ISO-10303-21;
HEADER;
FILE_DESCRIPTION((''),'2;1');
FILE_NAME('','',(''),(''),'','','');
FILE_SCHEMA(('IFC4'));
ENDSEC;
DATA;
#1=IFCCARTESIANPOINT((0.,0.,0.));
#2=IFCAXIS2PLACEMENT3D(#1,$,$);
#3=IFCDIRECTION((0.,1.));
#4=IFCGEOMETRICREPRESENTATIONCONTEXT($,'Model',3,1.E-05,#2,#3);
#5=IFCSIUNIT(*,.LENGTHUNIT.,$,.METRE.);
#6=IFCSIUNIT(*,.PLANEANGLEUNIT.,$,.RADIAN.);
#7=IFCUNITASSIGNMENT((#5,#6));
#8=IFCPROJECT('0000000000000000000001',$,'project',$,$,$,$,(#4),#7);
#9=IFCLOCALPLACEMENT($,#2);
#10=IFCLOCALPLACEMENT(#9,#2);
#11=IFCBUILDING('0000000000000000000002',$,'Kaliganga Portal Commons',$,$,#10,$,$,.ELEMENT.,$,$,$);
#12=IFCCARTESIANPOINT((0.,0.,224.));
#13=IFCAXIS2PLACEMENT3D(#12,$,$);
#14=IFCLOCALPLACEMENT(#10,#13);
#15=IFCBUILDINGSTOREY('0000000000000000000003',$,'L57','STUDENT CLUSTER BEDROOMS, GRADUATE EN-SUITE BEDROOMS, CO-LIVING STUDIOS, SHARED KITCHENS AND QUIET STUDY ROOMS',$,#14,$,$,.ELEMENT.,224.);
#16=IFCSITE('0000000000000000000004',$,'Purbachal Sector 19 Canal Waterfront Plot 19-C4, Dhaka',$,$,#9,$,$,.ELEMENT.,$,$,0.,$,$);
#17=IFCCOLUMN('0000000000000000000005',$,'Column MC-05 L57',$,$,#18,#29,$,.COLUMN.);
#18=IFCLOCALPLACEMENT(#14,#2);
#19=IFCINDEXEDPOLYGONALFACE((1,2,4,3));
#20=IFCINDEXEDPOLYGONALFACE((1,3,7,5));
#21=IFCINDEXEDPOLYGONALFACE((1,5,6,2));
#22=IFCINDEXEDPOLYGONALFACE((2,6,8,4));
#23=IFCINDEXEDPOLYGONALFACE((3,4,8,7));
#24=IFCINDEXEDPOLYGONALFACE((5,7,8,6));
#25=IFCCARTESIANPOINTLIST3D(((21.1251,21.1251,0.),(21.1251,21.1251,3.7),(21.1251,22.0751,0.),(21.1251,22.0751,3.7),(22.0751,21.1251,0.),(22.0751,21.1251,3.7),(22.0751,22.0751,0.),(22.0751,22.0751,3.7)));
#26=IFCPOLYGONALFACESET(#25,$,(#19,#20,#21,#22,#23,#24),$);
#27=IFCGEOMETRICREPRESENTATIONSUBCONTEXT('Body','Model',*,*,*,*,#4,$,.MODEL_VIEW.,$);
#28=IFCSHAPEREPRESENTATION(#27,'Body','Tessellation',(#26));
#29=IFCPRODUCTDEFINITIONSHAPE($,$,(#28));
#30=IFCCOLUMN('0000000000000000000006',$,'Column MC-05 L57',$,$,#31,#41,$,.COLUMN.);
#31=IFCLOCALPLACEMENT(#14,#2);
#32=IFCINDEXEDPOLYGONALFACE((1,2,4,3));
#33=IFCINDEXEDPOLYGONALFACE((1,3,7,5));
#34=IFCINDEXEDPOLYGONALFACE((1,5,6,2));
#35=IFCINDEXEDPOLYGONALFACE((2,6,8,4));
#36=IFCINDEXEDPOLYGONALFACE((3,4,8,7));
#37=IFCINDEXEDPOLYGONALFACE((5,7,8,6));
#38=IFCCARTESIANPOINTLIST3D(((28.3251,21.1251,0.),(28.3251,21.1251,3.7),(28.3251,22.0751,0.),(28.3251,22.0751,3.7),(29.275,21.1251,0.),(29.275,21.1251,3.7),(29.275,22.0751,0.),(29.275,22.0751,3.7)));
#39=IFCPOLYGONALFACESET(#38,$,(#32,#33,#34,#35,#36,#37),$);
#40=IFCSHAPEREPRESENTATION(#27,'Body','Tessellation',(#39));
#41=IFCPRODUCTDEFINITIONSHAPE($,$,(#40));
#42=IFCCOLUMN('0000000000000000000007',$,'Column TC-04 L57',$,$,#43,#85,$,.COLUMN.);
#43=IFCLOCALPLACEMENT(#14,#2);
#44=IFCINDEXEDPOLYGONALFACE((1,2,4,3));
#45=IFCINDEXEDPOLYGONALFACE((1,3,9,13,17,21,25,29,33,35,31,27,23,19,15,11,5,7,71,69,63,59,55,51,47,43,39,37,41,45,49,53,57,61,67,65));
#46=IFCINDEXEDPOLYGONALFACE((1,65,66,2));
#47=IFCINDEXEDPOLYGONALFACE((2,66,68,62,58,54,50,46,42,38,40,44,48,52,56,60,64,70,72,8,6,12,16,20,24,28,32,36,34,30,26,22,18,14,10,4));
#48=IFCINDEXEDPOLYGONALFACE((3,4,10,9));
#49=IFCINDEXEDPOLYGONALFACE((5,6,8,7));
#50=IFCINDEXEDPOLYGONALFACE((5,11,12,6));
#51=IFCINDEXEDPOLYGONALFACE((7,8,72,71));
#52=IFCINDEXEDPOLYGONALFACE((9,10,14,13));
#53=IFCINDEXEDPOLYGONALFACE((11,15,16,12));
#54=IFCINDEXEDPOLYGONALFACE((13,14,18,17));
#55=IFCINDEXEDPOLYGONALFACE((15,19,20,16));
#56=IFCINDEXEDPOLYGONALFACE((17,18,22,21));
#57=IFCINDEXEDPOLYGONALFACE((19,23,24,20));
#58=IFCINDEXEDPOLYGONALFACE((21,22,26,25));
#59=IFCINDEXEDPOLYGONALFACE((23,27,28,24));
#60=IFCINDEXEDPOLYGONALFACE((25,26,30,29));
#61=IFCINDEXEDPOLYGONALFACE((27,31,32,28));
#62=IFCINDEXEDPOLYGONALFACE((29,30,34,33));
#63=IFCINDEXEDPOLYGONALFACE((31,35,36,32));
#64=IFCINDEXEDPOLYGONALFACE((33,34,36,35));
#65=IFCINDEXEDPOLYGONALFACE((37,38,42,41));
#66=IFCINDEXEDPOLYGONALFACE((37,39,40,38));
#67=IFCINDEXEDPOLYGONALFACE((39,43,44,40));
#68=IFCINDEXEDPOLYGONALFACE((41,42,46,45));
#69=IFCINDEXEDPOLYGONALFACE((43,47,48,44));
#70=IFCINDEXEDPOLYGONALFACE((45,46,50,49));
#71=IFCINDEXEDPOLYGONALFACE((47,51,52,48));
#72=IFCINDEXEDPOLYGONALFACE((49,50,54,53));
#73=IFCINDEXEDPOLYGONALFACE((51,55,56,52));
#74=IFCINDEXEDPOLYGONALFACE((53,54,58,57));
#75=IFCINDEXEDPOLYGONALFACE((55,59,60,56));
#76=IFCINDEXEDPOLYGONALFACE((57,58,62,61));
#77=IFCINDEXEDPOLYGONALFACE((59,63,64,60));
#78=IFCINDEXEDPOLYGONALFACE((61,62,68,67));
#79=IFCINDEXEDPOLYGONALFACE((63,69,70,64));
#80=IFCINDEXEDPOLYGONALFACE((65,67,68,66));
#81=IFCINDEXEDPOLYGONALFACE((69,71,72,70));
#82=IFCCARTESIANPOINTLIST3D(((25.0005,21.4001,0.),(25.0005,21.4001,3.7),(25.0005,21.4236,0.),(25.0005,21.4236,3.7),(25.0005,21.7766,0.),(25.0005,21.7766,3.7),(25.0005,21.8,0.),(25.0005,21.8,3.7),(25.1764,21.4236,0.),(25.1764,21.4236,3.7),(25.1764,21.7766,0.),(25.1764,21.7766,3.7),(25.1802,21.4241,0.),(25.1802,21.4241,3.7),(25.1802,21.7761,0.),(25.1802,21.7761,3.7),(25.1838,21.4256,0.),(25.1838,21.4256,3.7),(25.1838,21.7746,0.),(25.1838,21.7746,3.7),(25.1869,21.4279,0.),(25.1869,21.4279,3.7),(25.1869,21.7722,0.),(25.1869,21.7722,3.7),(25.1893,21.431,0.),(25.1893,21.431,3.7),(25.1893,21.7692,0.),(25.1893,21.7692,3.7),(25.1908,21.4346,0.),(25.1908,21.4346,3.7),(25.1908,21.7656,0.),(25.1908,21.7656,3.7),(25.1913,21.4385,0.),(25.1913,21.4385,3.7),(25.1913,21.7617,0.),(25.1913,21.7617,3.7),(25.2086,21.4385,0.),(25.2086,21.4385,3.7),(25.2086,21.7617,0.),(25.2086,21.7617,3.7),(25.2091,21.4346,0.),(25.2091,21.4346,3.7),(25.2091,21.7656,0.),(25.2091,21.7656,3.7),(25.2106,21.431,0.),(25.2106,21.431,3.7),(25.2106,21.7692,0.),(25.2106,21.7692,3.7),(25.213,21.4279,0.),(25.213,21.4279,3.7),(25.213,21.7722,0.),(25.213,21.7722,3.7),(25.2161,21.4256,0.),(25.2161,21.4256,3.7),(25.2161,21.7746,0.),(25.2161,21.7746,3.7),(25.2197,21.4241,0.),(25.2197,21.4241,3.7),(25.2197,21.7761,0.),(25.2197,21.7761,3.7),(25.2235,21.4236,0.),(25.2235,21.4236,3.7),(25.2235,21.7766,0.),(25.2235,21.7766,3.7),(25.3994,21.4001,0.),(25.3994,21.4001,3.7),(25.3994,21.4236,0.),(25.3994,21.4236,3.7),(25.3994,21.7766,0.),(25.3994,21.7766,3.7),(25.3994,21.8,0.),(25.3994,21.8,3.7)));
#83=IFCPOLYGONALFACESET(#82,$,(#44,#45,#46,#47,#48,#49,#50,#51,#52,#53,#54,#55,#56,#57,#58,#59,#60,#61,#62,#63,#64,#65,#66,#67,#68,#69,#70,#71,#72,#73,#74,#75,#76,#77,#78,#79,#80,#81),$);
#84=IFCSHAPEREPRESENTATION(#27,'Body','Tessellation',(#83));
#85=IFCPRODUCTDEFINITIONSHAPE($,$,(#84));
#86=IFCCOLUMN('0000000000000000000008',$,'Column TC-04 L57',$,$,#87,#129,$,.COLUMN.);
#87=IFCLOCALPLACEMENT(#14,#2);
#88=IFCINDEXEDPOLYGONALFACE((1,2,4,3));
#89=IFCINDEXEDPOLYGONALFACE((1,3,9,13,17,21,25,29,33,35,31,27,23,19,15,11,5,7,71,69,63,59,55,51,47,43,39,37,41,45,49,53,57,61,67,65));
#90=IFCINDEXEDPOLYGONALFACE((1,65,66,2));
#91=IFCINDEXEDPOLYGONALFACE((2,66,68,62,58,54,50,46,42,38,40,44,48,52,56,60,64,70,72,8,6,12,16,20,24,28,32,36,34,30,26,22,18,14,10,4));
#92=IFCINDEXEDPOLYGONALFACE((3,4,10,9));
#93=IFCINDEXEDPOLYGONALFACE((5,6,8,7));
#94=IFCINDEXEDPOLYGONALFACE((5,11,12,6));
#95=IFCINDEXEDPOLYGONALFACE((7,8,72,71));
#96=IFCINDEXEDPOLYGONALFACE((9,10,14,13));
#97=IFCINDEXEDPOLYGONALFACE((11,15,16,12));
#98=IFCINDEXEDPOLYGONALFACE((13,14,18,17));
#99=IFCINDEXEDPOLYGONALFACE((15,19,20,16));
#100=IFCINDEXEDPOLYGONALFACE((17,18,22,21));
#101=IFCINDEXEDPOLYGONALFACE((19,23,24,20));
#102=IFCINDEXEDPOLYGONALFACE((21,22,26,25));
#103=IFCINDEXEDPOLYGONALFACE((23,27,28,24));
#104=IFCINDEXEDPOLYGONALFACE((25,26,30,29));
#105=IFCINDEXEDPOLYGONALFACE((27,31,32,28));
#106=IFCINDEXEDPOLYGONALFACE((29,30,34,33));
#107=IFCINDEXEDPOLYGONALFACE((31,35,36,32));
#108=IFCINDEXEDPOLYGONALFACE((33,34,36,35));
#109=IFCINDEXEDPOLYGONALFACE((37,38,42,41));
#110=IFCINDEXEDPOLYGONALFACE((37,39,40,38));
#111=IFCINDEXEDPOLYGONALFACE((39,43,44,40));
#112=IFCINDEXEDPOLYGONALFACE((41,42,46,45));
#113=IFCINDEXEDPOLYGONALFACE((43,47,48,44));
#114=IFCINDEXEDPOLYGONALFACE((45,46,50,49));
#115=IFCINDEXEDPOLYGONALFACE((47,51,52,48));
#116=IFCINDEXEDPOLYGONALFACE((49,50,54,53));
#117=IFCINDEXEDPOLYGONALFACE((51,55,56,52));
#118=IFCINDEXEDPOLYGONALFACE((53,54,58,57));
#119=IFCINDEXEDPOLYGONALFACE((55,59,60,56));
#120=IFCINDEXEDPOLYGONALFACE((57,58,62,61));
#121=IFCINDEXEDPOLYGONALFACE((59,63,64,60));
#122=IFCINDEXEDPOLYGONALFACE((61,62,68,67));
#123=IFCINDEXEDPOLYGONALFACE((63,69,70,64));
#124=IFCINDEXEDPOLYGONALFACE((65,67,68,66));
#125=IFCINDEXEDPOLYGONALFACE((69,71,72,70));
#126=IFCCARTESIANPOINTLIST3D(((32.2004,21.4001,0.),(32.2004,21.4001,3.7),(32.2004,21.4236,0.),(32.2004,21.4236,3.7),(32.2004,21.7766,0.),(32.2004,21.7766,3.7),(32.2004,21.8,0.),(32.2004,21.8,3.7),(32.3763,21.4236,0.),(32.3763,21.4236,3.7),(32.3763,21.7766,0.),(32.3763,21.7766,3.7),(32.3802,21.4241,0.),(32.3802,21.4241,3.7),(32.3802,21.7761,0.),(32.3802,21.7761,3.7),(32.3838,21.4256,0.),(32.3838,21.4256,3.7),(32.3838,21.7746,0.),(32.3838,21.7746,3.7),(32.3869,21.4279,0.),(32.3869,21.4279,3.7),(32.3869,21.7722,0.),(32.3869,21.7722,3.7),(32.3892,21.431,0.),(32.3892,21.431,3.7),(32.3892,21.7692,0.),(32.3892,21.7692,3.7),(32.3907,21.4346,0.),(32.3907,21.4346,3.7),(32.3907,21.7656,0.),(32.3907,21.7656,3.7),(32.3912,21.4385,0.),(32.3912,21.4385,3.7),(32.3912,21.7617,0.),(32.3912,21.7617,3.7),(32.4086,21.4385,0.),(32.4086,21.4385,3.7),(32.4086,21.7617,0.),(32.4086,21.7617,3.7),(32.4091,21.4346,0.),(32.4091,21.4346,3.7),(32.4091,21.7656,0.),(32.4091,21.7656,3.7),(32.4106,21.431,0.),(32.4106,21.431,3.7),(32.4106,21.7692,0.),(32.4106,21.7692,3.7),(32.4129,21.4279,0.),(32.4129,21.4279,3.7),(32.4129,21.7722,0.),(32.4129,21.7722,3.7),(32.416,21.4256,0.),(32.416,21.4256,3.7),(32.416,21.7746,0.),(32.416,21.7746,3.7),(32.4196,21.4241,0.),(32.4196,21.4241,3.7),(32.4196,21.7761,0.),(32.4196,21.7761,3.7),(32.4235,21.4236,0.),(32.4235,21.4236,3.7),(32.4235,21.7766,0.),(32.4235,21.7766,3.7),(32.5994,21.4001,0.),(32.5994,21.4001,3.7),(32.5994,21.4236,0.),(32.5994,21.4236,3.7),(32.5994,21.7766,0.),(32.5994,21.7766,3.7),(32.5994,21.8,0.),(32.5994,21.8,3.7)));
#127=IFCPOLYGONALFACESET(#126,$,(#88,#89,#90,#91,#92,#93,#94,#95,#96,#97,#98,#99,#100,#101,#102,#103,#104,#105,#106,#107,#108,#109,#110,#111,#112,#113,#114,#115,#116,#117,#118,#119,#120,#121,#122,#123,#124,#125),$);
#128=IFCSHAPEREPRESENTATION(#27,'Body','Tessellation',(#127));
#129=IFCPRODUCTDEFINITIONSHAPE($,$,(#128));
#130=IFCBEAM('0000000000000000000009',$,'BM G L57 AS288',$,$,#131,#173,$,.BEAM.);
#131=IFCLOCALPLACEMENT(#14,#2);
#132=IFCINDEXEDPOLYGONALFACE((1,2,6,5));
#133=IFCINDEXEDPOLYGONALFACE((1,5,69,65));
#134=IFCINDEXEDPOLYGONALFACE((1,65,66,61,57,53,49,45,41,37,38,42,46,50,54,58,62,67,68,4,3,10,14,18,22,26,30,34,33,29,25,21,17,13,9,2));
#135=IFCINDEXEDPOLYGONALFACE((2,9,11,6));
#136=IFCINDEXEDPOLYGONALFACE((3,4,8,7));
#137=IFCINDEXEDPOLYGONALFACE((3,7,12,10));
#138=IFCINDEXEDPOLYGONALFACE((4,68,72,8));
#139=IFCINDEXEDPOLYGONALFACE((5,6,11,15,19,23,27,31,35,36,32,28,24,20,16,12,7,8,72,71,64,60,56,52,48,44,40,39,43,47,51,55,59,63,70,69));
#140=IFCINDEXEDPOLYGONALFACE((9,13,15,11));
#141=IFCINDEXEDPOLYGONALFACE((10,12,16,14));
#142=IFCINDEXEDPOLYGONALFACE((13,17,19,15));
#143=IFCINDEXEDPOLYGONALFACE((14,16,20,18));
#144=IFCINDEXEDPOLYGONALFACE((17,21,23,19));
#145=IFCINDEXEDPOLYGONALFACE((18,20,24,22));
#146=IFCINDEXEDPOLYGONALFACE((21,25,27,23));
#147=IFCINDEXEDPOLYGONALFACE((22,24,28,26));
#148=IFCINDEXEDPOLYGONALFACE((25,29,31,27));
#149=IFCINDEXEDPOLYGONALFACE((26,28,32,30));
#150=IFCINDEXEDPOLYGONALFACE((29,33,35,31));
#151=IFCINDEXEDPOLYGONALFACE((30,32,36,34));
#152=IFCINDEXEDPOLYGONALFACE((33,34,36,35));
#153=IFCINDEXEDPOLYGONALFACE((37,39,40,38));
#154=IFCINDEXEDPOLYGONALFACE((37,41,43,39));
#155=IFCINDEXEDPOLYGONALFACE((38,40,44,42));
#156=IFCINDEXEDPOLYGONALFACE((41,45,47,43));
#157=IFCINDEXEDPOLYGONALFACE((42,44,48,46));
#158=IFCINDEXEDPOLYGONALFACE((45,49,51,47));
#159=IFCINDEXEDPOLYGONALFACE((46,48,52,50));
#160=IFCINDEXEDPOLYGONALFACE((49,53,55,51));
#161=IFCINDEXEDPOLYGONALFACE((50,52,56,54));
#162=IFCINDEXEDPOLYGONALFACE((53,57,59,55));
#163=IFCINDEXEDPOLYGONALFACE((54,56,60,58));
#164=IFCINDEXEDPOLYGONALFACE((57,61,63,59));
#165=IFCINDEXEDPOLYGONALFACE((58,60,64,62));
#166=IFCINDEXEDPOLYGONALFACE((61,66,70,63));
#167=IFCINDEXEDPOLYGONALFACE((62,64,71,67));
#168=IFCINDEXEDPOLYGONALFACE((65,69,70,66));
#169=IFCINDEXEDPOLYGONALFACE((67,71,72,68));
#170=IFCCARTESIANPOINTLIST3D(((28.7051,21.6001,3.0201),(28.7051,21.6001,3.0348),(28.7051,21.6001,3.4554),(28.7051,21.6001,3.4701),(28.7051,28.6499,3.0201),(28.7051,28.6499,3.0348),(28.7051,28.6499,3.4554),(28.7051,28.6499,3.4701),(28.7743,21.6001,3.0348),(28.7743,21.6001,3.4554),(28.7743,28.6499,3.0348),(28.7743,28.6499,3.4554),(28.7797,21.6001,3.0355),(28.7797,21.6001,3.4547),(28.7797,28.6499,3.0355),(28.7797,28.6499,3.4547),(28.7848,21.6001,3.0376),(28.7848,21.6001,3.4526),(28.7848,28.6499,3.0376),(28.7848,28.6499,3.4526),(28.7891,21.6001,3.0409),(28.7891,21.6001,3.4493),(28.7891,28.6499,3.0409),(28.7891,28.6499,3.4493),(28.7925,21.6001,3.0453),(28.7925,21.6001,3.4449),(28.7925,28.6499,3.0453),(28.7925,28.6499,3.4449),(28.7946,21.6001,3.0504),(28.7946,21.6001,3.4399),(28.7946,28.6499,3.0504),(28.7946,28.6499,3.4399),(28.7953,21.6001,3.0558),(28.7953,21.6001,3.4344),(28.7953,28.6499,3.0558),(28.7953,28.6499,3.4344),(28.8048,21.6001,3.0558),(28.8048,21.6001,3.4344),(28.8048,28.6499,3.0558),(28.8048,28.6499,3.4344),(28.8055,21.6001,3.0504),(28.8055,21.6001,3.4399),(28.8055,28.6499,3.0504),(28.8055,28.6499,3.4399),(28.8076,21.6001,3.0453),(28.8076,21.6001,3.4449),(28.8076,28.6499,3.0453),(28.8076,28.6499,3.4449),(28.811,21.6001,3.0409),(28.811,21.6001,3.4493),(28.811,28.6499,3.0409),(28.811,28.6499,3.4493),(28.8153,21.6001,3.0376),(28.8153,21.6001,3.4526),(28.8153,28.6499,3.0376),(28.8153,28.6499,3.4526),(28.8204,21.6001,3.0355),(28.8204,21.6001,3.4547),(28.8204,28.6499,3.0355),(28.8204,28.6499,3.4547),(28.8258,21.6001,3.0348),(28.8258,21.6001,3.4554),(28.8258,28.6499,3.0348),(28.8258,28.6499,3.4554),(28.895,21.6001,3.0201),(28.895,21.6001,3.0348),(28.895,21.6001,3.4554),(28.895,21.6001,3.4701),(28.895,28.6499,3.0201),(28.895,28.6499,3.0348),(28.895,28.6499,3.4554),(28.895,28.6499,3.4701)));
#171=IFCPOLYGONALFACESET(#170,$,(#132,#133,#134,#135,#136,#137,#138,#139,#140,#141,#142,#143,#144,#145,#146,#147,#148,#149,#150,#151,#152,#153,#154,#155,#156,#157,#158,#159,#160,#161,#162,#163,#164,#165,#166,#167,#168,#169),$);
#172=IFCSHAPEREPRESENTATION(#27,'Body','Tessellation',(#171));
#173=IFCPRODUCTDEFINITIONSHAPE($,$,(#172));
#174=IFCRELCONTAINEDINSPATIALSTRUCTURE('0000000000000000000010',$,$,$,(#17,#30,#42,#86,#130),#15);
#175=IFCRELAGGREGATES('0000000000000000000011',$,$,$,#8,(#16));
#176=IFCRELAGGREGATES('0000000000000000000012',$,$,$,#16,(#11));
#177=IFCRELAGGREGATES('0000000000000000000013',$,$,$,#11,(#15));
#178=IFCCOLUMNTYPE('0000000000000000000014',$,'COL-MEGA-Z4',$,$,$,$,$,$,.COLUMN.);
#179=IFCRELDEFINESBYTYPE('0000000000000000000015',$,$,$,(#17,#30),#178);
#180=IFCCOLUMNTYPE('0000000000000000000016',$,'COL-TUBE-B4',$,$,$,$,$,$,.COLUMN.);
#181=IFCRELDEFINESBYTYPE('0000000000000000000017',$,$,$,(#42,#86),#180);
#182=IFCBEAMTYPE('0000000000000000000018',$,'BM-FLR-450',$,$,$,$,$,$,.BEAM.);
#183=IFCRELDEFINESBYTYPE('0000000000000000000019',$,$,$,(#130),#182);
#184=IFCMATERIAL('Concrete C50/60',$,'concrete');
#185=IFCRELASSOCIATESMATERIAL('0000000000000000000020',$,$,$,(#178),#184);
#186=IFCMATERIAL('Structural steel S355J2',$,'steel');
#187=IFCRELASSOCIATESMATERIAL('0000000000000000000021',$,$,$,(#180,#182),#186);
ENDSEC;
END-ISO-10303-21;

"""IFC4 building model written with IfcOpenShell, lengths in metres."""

from ifc_helpers import new_model, si_unit, direction, frame, origin, origin_2d, place, context, subcontext, project, spatial, rectangle, i_section, extrude, source, transform, mapped, material, material_profile, profile_set, type_object, element, save


model = new_model("IFC4")

# Units and contexts
model_context = context("Model", 3, precision=1e-05, world=origin(), true_north=direction((0.0, 1.0)))
body_context = subcontext(model_context, "Body", "Model", "MODEL_VIEW")
ifc_project = project(units=[si_unit("LENGTHUNIT", "METRE"), si_unit("PLANEANGLEUNIT", "RADIAN")], contexts=[model_context])

# Site, building, storey
site_placement = place(None, origin())
site = spatial("IfcSite", under=ifc_project, at=site_placement, Name="Purbachal Sector 19 Canal Waterfront Plot 19-C4, Dhaka", CompositionType="ELEMENT", RefElevation=0.0)
building_placement = place(site_placement, origin())
building = spatial("IfcBuilding", under=site, at=building_placement, Name="Kaliganga Portal Commons", CompositionType="ELEMENT")
storey_placement = place(building_placement, frame((0.0, 0.0, 224.0)))
storey = spatial("IfcBuildingStorey", under=building, at=storey_placement, Name="L57", Description="STUDENT CLUSTER BEDROOMS, GRADUATE EN-SUITE BEDROOMS, CO-LIVING STUDIOS, SHARED KITCHENS AND QUIET STUDY ROOMS", CompositionType="ELEMENT", Elevation=224.0)

# Columns
ifc_material_1 = material(Name="Concrete C50/60", Category="concrete")
ifc_material_profile_1 = material_profile(ifc_material_1, rectangle(XDim=0.95, YDim=0.95, at=origin_2d()), Name="RC 950x950")
ifc_profile_set_1 = profile_set([ifc_material_profile_1], Name="Concrete C50/60")
column_type_1 = type_object("IfcColumnType", Name="COL-MEGA-Z4", PredefinedType="COLUMN", material=ifc_profile_set_1)
shared_shape_1 = source(origin(), body_context, "Body", "SweptSolid", [
    extrude(rectangle(XDim=0.95, YDim=0.95, at=origin_2d()), origin(), (0.0, 0.0, 1.0), 3.7),
])
for number, where, z_axis, x_axis, name in (
    (1, (21.6001, 21.6001, 0.0), (0.0, 0.0, 1.0), (1.0, 0.0, 0.0), "Column MC-05 L57"),
    (2, (28.8, 21.6001, 0.0), (0.0, 0.0, 1.0), (1.0, 0.0, 0.0), "Column MC-05 L57"),
):
    element("IfcColumn", number, at=place(storey_placement, frame(where, z_axis=z_axis, x_axis=x_axis)), inside=storey, type_object=column_type_1, Name=name, PredefinedType="COLUMN", context=body_context, shape_type="MappedRepresentation", body=[
        mapped(shared_shape_1, transform((0.0, 0.0, 0.0), x_axis=(1.0, 0.0, 0.0), y_axis=(0.0, 1.0, 0.0), z_axis=(0.0, 0.0, 1.0), scale=1.0)),
    ])
ifc_material_2 = material(Name="Structural steel S355J2", Category="steel")
ifc_material_profile_2 = material_profile(ifc_material_2, i_section(OverallWidth=0.3989, OverallDepth=0.3999, WebThickness=0.0173, FlangeThickness=0.0234, FilletRadius=0.0149, at=origin_2d()), Name="HD 400x287")
ifc_profile_set_2 = profile_set([ifc_material_profile_2], Name="Structural steel S355J2 wide-flange")
column_type_2 = type_object("IfcColumnType", Name="COL-TUBE-B4", PredefinedType="COLUMN", material=ifc_profile_set_2)
shared_shape_2 = source(origin(), body_context, "Body", "SweptSolid", [
    extrude(i_section(OverallWidth=0.3989, OverallDepth=0.3999, WebThickness=0.0173, FlangeThickness=0.0234, FilletRadius=0.0149, at=origin_2d()), origin(), (0.0, 0.0, 1.0), 3.7),
])
for number, where, z_axis, x_axis, name in (
    (3, (25.2, 21.6001, 0.0), (0.0, 0.0, 1.0), (1.0, 0.0, 0.0), "Column TC-04 L57"),
    (4, (32.3999, 21.6001, 0.0), (0.0, 0.0, 1.0), (1.0, 0.0, 0.0), "Column TC-04 L57"),
):
    element("IfcColumn", number, at=place(storey_placement, frame(where, z_axis=z_axis, x_axis=x_axis)), inside=storey, type_object=column_type_2, Name=name, PredefinedType="COLUMN", context=body_context, shape_type="MappedRepresentation", body=[
        mapped(shared_shape_2, transform((0.0, 0.0, 0.0), x_axis=(1.0, 0.0, 0.0), y_axis=(0.0, 1.0, 0.0), z_axis=(0.0, 0.0, 1.0), scale=1.0)),
    ])

# Beam
ifc_material_profile_3 = material_profile(ifc_material_2, i_section(OverallWidth=0.1899, OverallDepth=0.45, WebThickness=0.0095, FlangeThickness=0.0146, FilletRadius=0.021, at=origin_2d()), Name="IPE 450")
ifc_profile_set_3 = profile_set([ifc_material_profile_3], Name="Structural steel S355J2 wide-flange")
beam_type_1 = type_object("IfcBeamType", Name="BM-FLR-450", PredefinedType="BEAM", material=ifc_profile_set_3)
shared_shape_3 = source(origin(), body_context, "Body", "SweptSolid", [
    extrude(i_section(OverallWidth=0.1899, OverallDepth=0.45, WebThickness=0.0095, FlangeThickness=0.0146, FilletRadius=0.021, at=origin_2d()), origin(), (0.0, 0.0, 1.0), 7.0498),
])
beam_1_placement = place(storey_placement, frame((28.8, 21.6001, 3.2451), z_axis=(0.0, 1.0, 0.0), x_axis=(-1.0, 0.0, 0.0)))
element("IfcBeam", 5, at=beam_1_placement, inside=storey, type_object=beam_type_1, Name="BM G L57 AS288", PredefinedType="BEAM", context=body_context, shape_type="MappedRepresentation", body=[
    mapped(shared_shape_3, transform((0.0, 0.0, 0.0), x_axis=(1.0, 0.0, 0.0), y_axis=(0.0, 1.0, 0.0), z_axis=(0.0, 0.0, 1.0), scale=1.0)),
])

save(model, "model.ifc")
